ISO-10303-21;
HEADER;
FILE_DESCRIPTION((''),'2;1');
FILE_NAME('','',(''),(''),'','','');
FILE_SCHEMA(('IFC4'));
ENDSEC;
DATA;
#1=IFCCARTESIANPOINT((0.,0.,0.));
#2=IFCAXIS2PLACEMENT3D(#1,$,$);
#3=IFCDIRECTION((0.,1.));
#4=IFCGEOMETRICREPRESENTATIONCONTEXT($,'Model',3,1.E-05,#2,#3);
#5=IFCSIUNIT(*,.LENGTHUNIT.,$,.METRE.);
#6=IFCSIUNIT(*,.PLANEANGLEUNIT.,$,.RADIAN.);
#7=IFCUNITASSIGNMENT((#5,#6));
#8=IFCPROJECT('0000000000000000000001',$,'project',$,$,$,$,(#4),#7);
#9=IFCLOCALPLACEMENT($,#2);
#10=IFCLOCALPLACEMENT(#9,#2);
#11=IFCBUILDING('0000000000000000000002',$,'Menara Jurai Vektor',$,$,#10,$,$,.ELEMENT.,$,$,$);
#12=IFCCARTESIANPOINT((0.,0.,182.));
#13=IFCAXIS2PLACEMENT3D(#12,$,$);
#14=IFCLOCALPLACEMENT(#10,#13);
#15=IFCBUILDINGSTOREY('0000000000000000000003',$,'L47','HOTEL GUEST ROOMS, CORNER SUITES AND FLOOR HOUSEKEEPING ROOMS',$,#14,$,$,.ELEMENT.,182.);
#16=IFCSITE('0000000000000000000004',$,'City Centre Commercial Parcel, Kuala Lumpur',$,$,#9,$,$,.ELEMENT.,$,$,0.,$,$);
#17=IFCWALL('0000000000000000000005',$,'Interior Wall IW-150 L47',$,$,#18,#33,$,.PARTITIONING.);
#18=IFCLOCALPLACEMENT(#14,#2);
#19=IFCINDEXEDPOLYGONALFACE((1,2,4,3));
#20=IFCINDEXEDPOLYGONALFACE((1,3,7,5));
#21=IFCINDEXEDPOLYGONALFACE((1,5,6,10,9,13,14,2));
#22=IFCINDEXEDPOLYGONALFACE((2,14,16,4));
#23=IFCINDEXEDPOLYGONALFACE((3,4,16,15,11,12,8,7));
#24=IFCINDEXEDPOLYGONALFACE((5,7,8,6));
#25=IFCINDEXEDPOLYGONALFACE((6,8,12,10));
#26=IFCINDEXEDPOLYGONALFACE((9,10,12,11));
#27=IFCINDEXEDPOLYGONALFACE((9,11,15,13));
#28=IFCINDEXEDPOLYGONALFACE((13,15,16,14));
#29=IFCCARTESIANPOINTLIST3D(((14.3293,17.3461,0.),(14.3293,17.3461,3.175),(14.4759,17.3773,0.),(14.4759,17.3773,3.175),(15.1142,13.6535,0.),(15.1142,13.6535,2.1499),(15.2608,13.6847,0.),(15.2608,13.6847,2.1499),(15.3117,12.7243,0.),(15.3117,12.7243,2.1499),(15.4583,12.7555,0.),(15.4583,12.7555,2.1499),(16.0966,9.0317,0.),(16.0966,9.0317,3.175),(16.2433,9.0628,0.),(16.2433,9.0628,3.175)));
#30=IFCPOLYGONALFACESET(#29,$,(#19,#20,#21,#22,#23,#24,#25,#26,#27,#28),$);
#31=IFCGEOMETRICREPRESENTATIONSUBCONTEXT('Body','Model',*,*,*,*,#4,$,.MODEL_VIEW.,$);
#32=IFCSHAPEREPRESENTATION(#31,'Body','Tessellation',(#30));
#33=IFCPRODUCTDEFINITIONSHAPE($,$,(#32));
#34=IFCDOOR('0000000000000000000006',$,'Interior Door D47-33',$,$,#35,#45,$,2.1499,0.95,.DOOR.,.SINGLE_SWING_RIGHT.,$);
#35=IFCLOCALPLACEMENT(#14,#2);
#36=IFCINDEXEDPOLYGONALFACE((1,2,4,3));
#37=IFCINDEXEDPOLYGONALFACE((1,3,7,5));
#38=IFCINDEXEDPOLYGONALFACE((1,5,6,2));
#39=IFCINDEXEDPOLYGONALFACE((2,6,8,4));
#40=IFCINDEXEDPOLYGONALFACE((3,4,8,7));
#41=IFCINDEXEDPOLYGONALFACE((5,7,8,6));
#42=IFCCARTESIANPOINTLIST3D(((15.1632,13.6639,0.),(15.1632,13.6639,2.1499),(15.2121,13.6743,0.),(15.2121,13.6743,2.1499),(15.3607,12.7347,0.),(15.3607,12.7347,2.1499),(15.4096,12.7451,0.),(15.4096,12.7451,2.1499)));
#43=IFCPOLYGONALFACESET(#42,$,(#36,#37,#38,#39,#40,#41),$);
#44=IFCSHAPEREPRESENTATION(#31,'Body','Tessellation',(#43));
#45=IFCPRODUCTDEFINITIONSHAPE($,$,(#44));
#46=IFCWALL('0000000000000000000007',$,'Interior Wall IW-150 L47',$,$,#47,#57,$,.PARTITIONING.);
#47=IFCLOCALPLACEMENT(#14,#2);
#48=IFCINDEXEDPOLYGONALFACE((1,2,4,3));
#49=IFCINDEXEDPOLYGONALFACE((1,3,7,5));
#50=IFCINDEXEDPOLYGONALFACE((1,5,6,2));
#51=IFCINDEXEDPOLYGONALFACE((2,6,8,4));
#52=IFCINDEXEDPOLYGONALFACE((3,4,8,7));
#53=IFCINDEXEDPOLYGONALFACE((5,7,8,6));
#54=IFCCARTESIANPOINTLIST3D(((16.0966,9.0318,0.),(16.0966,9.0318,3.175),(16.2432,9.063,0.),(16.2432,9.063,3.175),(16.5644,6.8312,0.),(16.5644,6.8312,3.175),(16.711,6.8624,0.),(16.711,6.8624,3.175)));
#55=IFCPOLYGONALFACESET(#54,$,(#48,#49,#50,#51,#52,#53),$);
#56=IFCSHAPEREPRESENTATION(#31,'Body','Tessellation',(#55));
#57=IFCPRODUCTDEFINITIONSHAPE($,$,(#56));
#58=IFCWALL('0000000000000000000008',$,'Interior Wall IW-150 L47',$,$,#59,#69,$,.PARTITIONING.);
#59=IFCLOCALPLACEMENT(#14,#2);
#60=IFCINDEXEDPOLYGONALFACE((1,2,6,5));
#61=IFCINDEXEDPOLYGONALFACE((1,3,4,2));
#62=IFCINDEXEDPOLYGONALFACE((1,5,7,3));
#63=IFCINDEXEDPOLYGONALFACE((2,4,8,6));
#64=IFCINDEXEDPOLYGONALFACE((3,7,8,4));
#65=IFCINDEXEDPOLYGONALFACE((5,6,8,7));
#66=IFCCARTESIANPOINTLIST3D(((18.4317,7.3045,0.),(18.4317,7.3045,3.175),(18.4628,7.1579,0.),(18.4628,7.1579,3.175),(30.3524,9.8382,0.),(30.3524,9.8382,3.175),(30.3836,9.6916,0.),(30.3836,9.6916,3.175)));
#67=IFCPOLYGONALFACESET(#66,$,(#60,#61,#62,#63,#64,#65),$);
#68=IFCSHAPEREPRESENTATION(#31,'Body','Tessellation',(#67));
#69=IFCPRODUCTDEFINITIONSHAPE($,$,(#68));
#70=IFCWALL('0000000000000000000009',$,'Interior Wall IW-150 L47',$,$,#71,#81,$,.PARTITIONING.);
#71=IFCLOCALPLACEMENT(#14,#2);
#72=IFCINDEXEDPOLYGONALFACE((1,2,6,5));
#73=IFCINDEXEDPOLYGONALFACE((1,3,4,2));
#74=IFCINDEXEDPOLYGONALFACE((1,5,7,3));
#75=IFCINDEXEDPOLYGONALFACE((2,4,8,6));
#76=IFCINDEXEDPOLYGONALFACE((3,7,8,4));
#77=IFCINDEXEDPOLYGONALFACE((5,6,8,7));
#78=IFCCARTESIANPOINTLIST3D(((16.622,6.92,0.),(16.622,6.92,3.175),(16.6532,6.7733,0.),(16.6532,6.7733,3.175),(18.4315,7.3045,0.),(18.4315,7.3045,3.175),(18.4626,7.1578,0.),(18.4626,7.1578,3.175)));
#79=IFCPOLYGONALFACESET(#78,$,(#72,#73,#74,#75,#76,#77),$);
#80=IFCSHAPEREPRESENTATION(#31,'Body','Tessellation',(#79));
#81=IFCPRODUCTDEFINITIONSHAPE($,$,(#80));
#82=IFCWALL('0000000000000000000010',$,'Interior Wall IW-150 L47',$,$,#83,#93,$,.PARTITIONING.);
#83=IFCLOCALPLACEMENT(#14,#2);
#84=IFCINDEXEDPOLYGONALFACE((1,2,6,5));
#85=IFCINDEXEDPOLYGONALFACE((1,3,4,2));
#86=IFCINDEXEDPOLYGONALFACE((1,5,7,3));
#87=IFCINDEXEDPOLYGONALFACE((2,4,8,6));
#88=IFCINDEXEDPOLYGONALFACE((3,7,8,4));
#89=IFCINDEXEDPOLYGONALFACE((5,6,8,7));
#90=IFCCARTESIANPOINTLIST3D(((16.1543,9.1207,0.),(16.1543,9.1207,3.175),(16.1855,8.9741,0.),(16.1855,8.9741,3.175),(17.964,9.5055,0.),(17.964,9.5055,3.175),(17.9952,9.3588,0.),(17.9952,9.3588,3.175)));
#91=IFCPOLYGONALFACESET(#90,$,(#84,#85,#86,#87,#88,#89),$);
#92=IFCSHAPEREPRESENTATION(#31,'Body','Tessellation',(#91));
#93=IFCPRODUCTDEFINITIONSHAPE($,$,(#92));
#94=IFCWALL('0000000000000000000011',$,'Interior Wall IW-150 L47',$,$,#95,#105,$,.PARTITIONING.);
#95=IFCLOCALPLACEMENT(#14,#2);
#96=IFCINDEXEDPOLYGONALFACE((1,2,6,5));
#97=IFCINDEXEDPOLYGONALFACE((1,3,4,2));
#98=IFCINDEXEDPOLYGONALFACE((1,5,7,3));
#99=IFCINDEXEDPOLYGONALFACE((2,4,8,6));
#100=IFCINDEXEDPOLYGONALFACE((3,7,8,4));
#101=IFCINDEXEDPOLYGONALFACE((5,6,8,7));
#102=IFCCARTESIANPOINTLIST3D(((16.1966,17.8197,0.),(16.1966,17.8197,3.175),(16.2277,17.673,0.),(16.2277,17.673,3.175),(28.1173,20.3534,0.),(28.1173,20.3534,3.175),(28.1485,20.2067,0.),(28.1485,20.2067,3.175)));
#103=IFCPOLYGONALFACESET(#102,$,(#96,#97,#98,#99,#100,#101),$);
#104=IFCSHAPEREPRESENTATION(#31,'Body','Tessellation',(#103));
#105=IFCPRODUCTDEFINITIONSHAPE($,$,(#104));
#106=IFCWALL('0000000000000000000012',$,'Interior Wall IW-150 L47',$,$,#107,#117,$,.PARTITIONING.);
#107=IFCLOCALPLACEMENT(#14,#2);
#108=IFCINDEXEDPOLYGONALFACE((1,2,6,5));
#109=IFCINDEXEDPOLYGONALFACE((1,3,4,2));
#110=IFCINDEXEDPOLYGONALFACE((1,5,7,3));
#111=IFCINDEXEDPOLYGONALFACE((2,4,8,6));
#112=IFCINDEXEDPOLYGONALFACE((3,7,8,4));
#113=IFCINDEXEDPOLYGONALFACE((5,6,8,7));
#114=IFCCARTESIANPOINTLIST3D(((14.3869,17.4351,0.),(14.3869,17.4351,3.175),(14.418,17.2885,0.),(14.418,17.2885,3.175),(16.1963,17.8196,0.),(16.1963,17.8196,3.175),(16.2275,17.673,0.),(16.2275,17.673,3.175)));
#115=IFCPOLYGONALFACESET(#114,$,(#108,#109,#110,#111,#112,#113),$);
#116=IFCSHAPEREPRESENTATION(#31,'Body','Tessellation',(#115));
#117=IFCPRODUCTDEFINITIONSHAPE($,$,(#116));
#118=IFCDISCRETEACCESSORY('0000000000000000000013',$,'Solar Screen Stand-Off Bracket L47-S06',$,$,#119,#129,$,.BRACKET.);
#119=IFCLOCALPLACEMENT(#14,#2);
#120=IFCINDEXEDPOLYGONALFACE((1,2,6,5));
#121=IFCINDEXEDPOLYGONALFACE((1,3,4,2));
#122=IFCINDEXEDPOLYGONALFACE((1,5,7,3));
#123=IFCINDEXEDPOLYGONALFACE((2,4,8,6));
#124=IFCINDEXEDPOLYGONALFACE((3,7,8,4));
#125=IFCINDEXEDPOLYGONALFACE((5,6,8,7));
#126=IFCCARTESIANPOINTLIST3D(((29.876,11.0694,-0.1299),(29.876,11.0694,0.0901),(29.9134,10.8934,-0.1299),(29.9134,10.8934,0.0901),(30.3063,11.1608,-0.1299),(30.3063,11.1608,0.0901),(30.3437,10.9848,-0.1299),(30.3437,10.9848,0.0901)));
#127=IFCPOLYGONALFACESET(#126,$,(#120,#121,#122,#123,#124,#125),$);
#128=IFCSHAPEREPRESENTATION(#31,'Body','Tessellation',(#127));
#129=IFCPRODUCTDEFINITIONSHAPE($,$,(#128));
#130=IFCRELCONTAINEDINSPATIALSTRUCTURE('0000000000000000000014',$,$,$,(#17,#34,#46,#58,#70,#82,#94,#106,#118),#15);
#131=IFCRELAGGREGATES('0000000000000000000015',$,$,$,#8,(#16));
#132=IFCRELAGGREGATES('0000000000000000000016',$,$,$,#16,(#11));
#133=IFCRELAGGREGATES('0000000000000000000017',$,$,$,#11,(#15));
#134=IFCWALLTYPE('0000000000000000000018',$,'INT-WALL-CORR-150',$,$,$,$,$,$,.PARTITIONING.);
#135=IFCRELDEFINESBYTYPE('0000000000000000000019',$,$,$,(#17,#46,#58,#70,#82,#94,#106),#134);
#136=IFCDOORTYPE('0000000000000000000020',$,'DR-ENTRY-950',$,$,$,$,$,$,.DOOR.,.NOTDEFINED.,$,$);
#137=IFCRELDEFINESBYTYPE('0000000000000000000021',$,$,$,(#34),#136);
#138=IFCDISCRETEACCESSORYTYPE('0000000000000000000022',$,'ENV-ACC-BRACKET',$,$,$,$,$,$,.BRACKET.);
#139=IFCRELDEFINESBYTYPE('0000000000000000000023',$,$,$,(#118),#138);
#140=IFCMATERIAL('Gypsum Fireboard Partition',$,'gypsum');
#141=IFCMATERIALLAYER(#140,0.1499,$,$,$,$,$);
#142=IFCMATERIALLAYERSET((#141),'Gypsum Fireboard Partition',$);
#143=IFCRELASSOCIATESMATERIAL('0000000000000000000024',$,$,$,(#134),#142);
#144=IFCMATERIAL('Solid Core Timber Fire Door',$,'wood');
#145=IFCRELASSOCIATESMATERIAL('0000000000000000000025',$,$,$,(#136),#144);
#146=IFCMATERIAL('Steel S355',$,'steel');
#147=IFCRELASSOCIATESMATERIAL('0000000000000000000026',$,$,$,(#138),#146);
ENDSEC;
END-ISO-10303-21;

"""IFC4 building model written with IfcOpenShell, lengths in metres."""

from ifc_helpers import new_model, si_unit, direction, frame, frame_2d, origin, origin_2d, place, context, subcontext, project, spatial, rectangle, extrude, material, layer, layer_set, type_object, element, fill, save


model = new_model("IFC4")

# Units and contexts
model_context = context("Model", 3, precision=1e-05, world=origin(), true_north=direction((0.0, 1.0)))
body_context = subcontext(model_context, "Body", "Model", "MODEL_VIEW")
ifc_project = project(units=[si_unit("LENGTHUNIT", "METRE"), si_unit("PLANEANGLEUNIT", "RADIAN")], contexts=[model_context])

# Site, building, storey
site_placement = place(None, origin())
site = spatial("IfcSite", under=ifc_project, at=site_placement, Name="City Centre Commercial Parcel, Kuala Lumpur", CompositionType="ELEMENT", RefElevation=0.0)
building_placement = place(site_placement, origin())
building = spatial("IfcBuilding", under=site, at=building_placement, Name="Menara Jurai Vektor", CompositionType="ELEMENT")
storey_placement = place(building_placement, frame((0.0, 0.0, 182.0)))
storey = spatial("IfcBuildingStorey", under=building, at=storey_placement, Name="L47", Description="HOTEL GUEST ROOMS, CORNER SUITES AND FLOOR HOUSEKEEPING ROOMS", CompositionType="ELEMENT", Elevation=182.0)

# Shared definitions
ifc_material_1 = material(Name="Steel S355", Category="steel")

# Wall, opening, door
ifc_material_2 = material(Name="Gypsum Fireboard Partition", Category="gypsum")
ifc_layer_1 = layer(ifc_material_2, 0.1499)
ifc_layer_set_1 = layer_set([ifc_layer_1], Name="Gypsum Fireboard Partition")
wall_type = type_object("IfcWallType", Name="INT-WALL-CORR-150", PredefinedType="PARTITIONING", material=ifc_layer_set_1)
wall_1_placement = place(storey_placement, frame((16.1699, 9.0474, 0.0), z_axis=(0.0, 0.0, 1.0), x_axis=(-0.207916, 0.978147, 0.0)))
wall_1 = element("IfcWall", 1, at=wall_1_placement, inside=storey, type_object=wall_type, Name="Interior Wall IW-150 L47", PredefinedType="PARTITIONING", context=body_context, shape_type="SweptSolid", body=[
    extrude(rectangle(XDim=8.5002, YDim=0.1499, at=frame_2d((4.25, 0.0))), origin(), (0.0, 0.0, 1.0), 3.175),
])
opening_1_placement = place(wall_1_placement, frame((3.7749, 0.0, 0.0)))
opening_1 = element("IfcOpeningElement", 2, at=opening_1_placement, cuts=wall_1, PredefinedType="OPENING", context=body_context, shape_type="SweptSolid", body=[
    extrude(rectangle(XDim=0.95, YDim=2.1499, at=frame_2d((0.4751, 1.075))), frame((0.0, 0.085, 0.0), z_axis=(0.0, -1.0, 0.0), x_axis=(1.0, 0.0, 0.0)), (0.0, 0.0, 1.0), 0.1699),
])
ifc_material_3 = material(Name="Solid Core Timber Fire Door", Category="wood")
door_type_1 = type_object("IfcDoorType", Name="DR-ENTRY-950", OperationType="NOTDEFINED", PredefinedType="DOOR", material=ifc_material_3)
door_1_placement = place(opening_1_placement, origin())
door_1 = element("IfcDoor", 3, at=door_1_placement, inside=storey, type_object=door_type_1, Name="Interior Door D47-33", OperationType="SINGLE_SWING_RIGHT", OverallHeight=2.1499, OverallWidth=0.95, PredefinedType="DOOR", context=body_context, shape_type="SweptSolid", body=[
    extrude(rectangle(XDim=0.95, YDim=2.1499, at=frame_2d((0.4751, 1.075))), frame((0.0, 0.0249, 0.0), z_axis=(0.0, -1.0, 0.0), x_axis=(1.0, 0.0, 0.0)), (0.0, 0.0, 1.0), 0.05),
])
fill(opening_1, door_1)

# Walls
wall_2_placement = place(storey_placement, frame((16.6377, 6.8467, 0.0), z_axis=(0.0, 0.0, 1.0), x_axis=(-0.207913, 0.978147, 0.0)))
element("IfcWall", 4, at=wall_2_placement, inside=storey, type_object=wall_type, Name="Interior Wall IW-150 L47", PredefinedType="PARTITIONING", context=body_context, shape_type="SweptSolid", body=[
    extrude(rectangle(XDim=2.2498, YDim=0.1499, at=frame_2d((1.125, 0.0))), origin(), (0.0, 0.0, 1.0), 3.175),
])
wall_3_placement = place(storey_placement, frame((18.4473, 7.2312, 0.0), z_axis=(0.0, 0.0, 1.0), x_axis=(0.97815, 0.207902, 0.0)))
element("IfcWall", 5, at=wall_3_placement, inside=storey, type_object=wall_type, Name="Interior Wall IW-150 L47", PredefinedType="PARTITIONING", context=body_context, shape_type="SweptSolid", body=[
    extrude(rectangle(XDim=12.187, YDim=0.1499, at=frame_2d((6.0935, 0.0))), origin(), (0.0, 0.0, 1.0), 3.175),
])
wall_4_placement = place(storey_placement, frame((16.6377, 6.8467, 0.0), z_axis=(0.0, 0.0, 1.0), x_axis=(0.97816, 0.207852, 0.0)))
element("IfcWall", 6, at=wall_4_placement, inside=storey, type_object=wall_type, Name="Interior Wall IW-150 L47", PredefinedType="PARTITIONING", context=body_context, shape_type="SweptSolid", body=[
    extrude(rectangle(XDim=1.8499, YDim=0.1499, at=frame_2d((0.9248, 0.0))), origin(), (0.0, 0.0, 1.0), 3.175),
])
wall_5_placement = place(storey_placement, frame((16.1699, 9.0474, 0.0), z_axis=(0.0, 0.0, 1.0), x_axis=(0.978133, 0.207979, 0.0)))
element("IfcWall", 7, at=wall_5_placement, inside=storey, type_object=wall_type, Name="Interior Wall IW-150 L47", PredefinedType="PARTITIONING", context=body_context, shape_type="SweptSolid", body=[
    extrude(rectangle(XDim=1.8501, YDim=0.1499, at=frame_2d((0.925, 0.0))), origin(), (0.0, 0.0, 1.0), 3.175),
])

# Walls
wall_6_placement = place(storey_placement, frame((16.2122, 17.7463, 0.0), z_axis=(0.0, 0.0, 1.0), x_axis=(0.97815, 0.207902, 0.0)))
element("IfcWall", 8, at=wall_6_placement, inside=storey, type_object=wall_type, Name="Interior Wall IW-150 L47", PredefinedType="PARTITIONING", context=body_context, shape_type="SweptSolid", body=[
    extrude(rectangle(XDim=12.187, YDim=0.1499, at=frame_2d((6.0935, 0.0))), origin(), (0.0, 0.0, 1.0), 3.175),
])
wall_7_placement = place(storey_placement, frame((14.4026, 17.3618, 0.0), z_axis=(0.0, 0.0, 1.0), x_axis=(0.97816, 0.207852, 0.0)))
element("IfcWall", 9, at=wall_7_placement, inside=storey, type_object=wall_type, Name="Interior Wall IW-150 L47", PredefinedType="PARTITIONING", context=body_context, shape_type="SweptSolid", body=[
    extrude(rectangle(XDim=1.8499, YDim=0.1499, at=frame_2d((0.9248, 0.0))), origin(), (0.0, 0.0, 1.0), 3.175),
])

# Discrete accessory
discrete_accessory_type = type_object("IfcDiscreteAccessoryType", Name="ENV-ACC-BRACKET", PredefinedType="BRACKET", material=ifc_material_1)
discrete_accessory_placement = place(storey_placement, frame((30.1099, 11.0271, -0.1299), z_axis=(0.0, 0.0, 1.0), x_axis=(-0.207912, 0.978148, 0.0)))
element("IfcDiscreteAccessory", 10, at=discrete_accessory_placement, inside=storey, type_object=discrete_accessory_type, Name="Solar Screen Stand-Off Bracket L47-S06", PredefinedType="BRACKET", context=body_context, shape_type="SweptSolid", body=[
    extrude(rectangle(XDim=0.1799, YDim=0.4399, at=origin_2d()), origin(), (0.0, 0.0, 1.0), 0.22),
])

save(model, "model.ifc")
